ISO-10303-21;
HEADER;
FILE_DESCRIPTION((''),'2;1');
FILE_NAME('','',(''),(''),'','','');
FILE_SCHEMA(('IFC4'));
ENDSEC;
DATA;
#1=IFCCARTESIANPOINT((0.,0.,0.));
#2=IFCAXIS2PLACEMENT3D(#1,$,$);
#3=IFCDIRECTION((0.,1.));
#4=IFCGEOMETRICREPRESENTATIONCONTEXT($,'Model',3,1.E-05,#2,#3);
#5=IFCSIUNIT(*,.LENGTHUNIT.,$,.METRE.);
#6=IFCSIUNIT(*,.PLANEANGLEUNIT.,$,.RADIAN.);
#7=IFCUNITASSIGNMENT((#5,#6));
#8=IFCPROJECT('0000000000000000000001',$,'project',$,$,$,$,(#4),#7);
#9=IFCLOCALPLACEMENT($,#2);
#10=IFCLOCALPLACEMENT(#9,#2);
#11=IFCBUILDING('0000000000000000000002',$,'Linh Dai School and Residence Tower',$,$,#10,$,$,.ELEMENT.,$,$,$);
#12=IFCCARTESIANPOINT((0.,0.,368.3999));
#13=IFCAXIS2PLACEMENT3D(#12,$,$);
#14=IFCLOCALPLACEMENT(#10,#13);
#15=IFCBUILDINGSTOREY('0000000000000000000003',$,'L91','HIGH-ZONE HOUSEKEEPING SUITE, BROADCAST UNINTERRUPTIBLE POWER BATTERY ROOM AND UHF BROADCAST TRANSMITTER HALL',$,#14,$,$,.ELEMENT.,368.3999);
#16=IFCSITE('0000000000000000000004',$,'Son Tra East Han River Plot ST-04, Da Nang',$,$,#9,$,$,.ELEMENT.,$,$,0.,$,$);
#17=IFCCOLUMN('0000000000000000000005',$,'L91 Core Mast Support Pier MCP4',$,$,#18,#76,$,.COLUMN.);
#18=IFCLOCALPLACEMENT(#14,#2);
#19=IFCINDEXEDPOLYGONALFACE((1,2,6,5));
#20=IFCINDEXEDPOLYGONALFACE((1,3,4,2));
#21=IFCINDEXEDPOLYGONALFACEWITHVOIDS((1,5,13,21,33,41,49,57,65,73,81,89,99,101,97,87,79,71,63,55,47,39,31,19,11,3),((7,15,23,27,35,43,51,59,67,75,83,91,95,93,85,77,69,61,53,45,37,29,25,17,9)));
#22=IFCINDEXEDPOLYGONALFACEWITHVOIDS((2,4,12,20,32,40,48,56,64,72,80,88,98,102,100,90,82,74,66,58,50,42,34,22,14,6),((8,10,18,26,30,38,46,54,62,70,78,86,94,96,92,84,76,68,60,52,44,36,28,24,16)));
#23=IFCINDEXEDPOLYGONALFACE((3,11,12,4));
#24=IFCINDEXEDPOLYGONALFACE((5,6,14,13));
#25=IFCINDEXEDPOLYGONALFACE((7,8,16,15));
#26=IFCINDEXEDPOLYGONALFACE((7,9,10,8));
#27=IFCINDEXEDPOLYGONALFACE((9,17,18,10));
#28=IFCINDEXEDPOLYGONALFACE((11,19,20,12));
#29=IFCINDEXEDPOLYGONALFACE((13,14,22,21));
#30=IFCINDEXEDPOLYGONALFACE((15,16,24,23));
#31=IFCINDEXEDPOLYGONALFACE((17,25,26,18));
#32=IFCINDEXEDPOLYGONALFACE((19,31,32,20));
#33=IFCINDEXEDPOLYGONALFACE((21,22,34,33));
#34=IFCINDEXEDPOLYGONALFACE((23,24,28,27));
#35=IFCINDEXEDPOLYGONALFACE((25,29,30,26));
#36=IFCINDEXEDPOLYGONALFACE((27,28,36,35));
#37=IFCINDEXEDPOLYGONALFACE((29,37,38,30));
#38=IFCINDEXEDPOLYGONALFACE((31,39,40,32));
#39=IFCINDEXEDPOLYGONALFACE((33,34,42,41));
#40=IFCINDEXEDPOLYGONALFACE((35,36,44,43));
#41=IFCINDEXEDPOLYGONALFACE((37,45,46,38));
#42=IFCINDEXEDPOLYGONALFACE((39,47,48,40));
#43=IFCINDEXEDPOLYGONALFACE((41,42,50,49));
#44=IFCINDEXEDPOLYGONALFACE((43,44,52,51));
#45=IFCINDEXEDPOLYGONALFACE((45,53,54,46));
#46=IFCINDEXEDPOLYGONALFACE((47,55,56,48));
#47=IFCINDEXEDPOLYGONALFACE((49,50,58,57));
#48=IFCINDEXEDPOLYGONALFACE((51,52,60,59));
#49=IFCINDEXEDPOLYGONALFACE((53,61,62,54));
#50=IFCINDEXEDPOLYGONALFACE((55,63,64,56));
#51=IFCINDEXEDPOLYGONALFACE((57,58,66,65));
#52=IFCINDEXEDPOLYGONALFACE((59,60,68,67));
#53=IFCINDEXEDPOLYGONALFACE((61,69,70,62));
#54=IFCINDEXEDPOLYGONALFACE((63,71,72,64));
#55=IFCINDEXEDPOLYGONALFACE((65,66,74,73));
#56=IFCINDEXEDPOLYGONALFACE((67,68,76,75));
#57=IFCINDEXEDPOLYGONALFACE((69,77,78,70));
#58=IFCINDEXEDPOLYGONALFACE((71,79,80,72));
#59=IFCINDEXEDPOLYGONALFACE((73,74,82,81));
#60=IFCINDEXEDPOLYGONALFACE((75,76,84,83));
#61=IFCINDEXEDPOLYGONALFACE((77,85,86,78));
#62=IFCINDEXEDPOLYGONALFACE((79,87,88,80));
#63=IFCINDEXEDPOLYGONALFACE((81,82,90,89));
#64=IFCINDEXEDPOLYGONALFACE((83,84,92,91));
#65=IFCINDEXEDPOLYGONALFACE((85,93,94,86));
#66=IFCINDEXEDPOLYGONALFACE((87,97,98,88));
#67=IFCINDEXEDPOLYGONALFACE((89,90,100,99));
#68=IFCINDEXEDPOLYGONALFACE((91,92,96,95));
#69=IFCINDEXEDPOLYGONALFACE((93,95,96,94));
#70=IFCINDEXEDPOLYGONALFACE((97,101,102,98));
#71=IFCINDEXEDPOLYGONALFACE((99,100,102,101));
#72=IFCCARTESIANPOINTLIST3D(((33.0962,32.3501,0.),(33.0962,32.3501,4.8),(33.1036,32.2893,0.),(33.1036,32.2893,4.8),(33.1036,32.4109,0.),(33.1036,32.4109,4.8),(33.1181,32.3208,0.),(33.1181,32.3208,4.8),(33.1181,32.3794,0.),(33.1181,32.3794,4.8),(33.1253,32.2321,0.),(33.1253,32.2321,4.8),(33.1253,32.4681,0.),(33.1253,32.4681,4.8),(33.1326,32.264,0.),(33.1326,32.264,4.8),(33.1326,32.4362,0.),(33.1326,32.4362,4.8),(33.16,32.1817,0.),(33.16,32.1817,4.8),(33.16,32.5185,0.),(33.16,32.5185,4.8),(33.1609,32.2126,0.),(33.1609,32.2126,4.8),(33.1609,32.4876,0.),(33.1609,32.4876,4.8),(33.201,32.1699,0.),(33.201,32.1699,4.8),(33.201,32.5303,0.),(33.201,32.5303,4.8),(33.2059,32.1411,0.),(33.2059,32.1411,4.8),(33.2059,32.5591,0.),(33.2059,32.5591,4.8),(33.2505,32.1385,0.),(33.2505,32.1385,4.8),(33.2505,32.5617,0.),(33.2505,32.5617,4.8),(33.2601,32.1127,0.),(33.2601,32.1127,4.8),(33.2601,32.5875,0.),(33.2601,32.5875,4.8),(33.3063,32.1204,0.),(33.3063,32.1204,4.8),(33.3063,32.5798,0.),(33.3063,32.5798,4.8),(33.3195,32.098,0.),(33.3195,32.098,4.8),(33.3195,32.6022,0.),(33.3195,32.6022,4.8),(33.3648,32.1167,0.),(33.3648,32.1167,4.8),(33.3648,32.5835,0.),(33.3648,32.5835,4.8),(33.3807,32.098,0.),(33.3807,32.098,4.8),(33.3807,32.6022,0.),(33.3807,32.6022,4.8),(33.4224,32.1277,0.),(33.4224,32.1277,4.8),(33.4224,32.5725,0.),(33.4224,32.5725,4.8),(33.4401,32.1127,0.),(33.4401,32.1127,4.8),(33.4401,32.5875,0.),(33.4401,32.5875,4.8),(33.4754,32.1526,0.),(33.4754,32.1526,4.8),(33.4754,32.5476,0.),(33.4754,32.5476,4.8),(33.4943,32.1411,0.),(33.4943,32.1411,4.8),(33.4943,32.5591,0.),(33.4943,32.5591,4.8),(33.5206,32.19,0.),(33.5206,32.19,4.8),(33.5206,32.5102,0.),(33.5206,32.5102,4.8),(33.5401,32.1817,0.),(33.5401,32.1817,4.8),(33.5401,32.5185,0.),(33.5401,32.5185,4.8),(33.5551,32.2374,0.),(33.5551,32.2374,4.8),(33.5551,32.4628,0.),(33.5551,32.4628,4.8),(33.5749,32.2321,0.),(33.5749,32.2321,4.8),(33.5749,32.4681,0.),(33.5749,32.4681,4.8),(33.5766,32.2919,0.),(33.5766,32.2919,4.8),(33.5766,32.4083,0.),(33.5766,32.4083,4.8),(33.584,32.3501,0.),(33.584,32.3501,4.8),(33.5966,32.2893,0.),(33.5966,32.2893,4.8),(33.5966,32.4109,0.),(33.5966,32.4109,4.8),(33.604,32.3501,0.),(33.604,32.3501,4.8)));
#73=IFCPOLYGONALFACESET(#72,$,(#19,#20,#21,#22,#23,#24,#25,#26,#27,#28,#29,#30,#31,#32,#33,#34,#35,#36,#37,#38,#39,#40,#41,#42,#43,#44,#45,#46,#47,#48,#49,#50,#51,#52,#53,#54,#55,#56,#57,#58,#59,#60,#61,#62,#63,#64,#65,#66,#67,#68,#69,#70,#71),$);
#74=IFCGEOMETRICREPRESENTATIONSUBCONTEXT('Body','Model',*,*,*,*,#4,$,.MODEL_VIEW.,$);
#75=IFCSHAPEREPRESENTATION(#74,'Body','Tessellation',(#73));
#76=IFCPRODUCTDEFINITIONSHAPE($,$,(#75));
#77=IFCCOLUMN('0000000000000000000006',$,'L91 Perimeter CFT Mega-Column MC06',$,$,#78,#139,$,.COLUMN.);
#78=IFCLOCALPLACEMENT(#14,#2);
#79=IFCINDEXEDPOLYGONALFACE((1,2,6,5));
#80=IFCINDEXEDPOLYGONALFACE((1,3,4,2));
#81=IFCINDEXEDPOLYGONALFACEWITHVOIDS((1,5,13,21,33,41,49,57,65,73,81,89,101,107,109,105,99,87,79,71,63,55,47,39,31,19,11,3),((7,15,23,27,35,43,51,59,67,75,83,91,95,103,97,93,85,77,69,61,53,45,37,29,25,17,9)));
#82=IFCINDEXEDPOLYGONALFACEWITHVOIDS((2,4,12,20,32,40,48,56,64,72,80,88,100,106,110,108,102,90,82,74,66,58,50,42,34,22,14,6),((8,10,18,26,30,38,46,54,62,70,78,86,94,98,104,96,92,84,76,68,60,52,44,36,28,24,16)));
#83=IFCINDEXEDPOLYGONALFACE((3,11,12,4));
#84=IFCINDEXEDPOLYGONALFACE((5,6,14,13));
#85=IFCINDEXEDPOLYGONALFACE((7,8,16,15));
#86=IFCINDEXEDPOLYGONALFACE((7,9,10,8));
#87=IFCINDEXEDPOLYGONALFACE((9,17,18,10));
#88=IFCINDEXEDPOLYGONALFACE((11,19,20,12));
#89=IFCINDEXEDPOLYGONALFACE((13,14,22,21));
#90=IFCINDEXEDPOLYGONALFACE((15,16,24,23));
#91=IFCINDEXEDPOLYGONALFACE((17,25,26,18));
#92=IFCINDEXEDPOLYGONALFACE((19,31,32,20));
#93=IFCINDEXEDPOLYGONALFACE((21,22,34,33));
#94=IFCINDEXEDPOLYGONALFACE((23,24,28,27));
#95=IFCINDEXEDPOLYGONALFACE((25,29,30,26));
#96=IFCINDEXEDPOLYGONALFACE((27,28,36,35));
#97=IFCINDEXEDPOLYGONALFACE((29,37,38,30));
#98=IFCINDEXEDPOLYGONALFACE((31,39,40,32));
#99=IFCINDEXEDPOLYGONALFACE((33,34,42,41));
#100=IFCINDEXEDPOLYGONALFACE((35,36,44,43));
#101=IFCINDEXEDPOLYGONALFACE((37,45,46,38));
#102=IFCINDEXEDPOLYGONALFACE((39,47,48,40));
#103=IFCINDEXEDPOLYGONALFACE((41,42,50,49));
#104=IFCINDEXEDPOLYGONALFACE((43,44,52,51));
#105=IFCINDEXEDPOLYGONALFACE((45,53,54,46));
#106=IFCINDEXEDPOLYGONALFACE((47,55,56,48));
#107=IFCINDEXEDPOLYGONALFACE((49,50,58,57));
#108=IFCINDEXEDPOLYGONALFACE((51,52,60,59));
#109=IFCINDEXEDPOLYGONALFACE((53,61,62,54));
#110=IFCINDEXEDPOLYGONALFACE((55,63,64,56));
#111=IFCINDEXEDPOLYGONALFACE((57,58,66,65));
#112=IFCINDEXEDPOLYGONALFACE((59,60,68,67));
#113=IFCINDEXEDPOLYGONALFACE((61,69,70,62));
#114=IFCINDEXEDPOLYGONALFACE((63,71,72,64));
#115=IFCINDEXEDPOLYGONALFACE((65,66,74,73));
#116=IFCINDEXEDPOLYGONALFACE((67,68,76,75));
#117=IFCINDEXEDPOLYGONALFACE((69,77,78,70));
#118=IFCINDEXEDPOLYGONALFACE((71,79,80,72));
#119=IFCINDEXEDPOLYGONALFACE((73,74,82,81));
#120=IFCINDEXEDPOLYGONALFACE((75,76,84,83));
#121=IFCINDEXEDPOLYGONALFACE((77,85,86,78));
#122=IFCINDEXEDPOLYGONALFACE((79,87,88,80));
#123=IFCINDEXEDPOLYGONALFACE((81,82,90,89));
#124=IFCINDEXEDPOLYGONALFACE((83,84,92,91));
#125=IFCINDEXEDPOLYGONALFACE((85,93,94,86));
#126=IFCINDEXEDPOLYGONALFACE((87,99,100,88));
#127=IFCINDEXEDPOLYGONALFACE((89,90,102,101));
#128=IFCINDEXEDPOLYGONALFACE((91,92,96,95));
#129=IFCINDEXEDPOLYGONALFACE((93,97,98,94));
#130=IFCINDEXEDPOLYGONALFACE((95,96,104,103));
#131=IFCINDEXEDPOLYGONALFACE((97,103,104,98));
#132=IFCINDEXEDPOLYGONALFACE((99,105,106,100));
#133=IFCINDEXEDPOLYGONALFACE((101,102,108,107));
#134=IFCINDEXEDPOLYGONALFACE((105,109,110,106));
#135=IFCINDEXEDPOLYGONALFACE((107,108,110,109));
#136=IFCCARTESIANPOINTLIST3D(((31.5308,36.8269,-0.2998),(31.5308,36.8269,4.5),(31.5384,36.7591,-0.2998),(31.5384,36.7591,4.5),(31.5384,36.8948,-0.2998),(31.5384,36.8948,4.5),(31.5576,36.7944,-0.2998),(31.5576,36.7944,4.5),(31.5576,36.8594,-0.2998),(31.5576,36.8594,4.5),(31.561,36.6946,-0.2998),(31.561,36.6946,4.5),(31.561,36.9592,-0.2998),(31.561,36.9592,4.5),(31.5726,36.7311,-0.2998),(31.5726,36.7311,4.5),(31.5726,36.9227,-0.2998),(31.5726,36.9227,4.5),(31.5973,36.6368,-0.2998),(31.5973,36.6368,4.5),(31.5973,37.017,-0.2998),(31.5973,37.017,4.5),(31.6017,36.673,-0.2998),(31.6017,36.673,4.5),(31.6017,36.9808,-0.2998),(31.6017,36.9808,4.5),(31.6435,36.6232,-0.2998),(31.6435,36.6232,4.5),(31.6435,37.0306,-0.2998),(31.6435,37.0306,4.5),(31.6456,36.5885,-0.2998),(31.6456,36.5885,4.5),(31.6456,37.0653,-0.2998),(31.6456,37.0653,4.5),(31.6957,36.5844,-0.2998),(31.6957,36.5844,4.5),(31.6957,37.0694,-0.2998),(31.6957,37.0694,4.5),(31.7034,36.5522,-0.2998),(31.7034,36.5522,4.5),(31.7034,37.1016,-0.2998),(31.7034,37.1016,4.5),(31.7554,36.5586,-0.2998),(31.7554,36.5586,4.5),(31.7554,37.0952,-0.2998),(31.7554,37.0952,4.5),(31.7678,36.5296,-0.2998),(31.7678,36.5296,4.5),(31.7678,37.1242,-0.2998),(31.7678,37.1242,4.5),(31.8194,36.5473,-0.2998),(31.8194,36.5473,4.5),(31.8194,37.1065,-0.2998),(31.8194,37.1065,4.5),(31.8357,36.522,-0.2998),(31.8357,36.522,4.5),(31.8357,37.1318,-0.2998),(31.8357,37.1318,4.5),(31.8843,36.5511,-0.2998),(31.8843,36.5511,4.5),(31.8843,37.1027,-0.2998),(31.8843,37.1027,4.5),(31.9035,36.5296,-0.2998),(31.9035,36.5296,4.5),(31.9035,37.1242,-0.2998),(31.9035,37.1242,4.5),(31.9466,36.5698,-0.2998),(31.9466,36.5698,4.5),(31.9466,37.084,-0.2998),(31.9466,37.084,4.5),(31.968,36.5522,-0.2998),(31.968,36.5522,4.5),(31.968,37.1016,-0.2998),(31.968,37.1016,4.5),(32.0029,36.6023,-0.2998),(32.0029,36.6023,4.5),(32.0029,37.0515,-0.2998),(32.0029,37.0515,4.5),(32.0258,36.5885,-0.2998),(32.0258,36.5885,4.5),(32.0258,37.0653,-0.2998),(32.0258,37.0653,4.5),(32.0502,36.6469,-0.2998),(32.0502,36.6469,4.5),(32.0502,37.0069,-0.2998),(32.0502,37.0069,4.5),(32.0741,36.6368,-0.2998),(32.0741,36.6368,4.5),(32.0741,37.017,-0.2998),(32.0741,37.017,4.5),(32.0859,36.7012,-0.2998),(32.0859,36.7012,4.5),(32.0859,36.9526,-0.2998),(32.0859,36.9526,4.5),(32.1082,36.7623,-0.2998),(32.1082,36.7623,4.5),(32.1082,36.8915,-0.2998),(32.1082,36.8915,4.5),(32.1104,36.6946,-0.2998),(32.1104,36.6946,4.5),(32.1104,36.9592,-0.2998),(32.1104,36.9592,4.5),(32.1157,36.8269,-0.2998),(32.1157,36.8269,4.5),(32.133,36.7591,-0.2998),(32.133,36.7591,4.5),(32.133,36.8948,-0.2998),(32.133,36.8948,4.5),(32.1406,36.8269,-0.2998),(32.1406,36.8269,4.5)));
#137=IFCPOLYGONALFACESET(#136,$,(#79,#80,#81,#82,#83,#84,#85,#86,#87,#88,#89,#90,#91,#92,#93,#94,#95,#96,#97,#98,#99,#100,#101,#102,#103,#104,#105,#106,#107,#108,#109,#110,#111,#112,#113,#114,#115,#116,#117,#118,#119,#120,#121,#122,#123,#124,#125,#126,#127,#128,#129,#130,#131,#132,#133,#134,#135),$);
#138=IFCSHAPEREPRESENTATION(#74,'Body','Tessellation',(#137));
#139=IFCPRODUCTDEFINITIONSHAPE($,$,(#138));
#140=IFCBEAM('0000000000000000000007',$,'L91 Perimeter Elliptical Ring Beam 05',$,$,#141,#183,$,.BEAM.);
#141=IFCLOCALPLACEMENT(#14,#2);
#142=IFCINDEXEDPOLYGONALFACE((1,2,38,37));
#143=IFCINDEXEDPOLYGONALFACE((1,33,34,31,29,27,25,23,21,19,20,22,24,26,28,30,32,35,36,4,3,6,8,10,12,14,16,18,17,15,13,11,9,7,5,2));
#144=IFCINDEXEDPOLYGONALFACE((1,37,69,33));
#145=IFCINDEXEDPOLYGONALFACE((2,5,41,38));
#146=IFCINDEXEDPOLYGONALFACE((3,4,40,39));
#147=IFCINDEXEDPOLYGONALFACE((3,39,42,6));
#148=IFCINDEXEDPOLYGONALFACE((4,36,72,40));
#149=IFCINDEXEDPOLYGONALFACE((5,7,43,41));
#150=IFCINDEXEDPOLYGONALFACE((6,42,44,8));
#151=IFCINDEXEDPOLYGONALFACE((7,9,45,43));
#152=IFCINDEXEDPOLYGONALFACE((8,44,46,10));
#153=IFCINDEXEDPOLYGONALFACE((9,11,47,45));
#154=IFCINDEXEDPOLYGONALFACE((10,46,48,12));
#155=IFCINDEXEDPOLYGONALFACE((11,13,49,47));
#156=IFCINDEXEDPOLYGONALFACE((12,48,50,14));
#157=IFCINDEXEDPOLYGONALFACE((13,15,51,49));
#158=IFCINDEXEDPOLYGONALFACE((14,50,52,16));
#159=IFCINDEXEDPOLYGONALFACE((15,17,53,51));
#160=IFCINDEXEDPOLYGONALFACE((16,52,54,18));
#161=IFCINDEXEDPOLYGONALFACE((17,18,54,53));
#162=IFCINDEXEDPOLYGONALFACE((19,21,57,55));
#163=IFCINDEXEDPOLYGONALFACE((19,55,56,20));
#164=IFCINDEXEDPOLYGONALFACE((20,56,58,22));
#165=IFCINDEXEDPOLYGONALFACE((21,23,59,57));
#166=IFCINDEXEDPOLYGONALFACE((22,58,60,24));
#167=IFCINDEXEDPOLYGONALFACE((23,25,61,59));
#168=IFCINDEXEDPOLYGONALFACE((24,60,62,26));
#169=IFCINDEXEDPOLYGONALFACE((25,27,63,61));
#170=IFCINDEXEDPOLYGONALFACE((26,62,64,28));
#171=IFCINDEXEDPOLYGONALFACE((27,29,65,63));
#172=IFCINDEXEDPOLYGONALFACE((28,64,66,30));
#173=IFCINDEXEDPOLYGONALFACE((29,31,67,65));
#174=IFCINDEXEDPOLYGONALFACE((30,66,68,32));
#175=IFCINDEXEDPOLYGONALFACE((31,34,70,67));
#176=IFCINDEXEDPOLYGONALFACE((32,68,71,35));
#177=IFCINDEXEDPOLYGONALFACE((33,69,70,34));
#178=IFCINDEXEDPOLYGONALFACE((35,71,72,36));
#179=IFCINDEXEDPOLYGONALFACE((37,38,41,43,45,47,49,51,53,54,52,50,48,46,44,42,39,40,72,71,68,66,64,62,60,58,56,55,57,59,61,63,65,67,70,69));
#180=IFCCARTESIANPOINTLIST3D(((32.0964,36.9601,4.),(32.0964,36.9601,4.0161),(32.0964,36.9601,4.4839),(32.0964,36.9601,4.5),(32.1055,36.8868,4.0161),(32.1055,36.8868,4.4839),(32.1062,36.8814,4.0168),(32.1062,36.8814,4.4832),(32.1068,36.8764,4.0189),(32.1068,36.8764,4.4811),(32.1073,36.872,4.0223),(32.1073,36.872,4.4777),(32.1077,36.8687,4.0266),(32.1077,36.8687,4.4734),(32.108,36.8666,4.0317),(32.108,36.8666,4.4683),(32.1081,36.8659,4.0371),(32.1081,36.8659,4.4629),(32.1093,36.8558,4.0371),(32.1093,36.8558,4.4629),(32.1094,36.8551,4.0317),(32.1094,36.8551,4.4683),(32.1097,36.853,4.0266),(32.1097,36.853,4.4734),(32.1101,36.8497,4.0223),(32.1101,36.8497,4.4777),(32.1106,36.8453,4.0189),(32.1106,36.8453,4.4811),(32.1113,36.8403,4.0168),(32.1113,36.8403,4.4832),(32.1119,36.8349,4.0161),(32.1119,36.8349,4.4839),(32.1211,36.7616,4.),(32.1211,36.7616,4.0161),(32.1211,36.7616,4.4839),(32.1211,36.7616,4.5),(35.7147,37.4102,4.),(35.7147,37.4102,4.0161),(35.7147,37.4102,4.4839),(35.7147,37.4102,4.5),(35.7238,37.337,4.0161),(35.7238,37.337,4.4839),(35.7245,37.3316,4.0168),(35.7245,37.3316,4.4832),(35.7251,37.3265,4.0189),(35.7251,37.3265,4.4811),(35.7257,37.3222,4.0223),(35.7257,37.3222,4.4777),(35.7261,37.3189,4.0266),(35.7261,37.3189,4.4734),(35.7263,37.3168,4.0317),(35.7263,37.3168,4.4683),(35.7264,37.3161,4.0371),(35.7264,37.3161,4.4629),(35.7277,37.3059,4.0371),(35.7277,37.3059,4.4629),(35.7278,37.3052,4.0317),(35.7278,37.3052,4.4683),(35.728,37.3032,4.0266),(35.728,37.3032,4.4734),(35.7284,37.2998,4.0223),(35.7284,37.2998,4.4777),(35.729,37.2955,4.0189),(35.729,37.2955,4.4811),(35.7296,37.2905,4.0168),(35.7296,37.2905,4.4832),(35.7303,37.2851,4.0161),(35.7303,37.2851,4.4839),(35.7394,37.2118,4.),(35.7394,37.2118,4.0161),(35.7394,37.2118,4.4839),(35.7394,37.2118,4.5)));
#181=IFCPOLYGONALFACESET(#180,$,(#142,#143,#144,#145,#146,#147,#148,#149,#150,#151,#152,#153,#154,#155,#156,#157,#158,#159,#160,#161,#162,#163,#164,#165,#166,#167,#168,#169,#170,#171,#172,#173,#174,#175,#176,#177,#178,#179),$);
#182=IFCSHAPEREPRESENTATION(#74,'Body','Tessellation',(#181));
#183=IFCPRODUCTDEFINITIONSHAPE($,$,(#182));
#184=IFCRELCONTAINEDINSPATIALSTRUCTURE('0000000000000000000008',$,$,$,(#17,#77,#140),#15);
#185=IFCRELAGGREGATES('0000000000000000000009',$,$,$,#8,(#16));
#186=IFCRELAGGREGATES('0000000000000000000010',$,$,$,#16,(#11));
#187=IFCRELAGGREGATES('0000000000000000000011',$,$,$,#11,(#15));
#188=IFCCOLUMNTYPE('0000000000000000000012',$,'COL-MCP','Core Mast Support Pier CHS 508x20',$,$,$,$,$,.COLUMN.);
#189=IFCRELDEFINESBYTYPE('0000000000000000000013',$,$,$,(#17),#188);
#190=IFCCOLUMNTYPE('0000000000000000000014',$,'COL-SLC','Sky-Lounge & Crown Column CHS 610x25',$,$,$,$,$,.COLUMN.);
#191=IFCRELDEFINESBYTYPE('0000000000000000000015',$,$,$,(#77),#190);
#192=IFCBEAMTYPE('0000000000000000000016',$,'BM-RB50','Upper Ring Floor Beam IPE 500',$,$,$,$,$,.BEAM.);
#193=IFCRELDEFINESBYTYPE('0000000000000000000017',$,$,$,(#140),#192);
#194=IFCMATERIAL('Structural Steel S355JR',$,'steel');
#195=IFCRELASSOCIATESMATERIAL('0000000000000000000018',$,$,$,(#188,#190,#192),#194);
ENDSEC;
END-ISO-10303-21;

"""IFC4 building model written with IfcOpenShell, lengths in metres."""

from ifc_helpers import new_model, si_unit, direction, frame, origin, origin_2d, place, context, subcontext, project, spatial, hollow_circle, i_section, extrude, material, material_profile, profile_set, type_object, element, save


model = new_model("IFC4")

# Units and contexts
model_context = context("Model", 3, precision=1e-05, world=origin(), true_north=direction((0.0, 1.0)))
body_context = subcontext(model_context, "Body", "Model", "MODEL_VIEW")
ifc_project = project(units=[si_unit("LENGTHUNIT", "METRE"), si_unit("PLANEANGLEUNIT", "RADIAN")], contexts=[model_context])

# Site, building, storey
site_placement = place(None, origin())
site = spatial("IfcSite", under=ifc_project, at=site_placement, Name="Son Tra East Han River Plot ST-04, Da Nang", CompositionType="ELEMENT", RefElevation=0.0)
building_placement = place(site_placement, origin())
building = spatial("IfcBuilding", under=site, at=building_placement, Name="Linh Dai School and Residence Tower", CompositionType="ELEMENT")
storey_placement = place(building_placement, frame((0.0, 0.0, 368.3999)))
storey = spatial("IfcBuildingStorey", under=building, at=storey_placement, Name="L91", Description="HIGH-ZONE HOUSEKEEPING SUITE, BROADCAST UNINTERRUPTIBLE POWER BATTERY ROOM AND UHF BROADCAST TRANSMITTER HALL", CompositionType="ELEMENT", Elevation=368.3999)

# Columns
ifc_material_1 = material(Name="Structural Steel S355JR", Category="steel")
ifc_material_profile_1 = material_profile(ifc_material_1, hollow_circle(Radius=0.2539, WallThickness=0.02, at=origin_2d()), Name="CHS 508x20")
ifc_profile_set_1 = profile_set([ifc_material_profile_1], Name="Structural Steel S355JR")
column_type_1 = type_object("IfcColumnType", Name="COL-MCP", Description="Core Mast Support Pier CHS 508x20", PredefinedType="COLUMN", material=ifc_profile_set_1)
column_1_placement = place(storey_placement, frame((33.3501, 32.3501, 0.0), z_axis=(0.0, 0.0, 1.0), x_axis=(1.0, 0.0, 0.0)))
element("IfcColumn", 1, at=column_1_placement, inside=storey, type_object=column_type_1, Name="L91 Core Mast Support Pier MCP4", PredefinedType="COLUMN", context=body_context, shape_type="SweptSolid", body=[
    extrude(hollow_circle(Radius=0.2539, WallThickness=0.02, at=origin_2d()), origin(), (0.0, 0.0, 1.0), 4.8),
])
ifc_material_profile_2 = material_profile(ifc_material_1, hollow_circle(Radius=0.3049, WallThickness=0.0249, at=origin_2d()), Name="CHS 610x25")
ifc_profile_set_2 = profile_set([ifc_material_profile_2], Name="Structural Steel S355JR")
column_type_2 = type_object("IfcColumnType", Name="COL-SLC", Description="Sky-Lounge & Crown Column CHS 610x25", PredefinedType="COLUMN", material=ifc_profile_set_2)
column_2_placement = place(storey_placement, frame((31.8357, 36.8269, -0.2998), z_axis=(0.0, 0.0, 1.0), x_axis=(1.0, 0.0, 0.0)))
element("IfcColumn", 2, at=column_2_placement, inside=storey, type_object=column_type_2, Name="L91 Perimeter CFT Mega-Column MC06", PredefinedType="COLUMN", context=body_context, shape_type="SweptSolid", body=[
    extrude(hollow_circle(Radius=0.3049, WallThickness=0.0249, at=origin_2d()), origin(), (0.0, 0.0, 1.0), 4.7998),
])

# Beam
ifc_material_profile_3 = material_profile(ifc_material_1, i_section(OverallWidth=0.2, OverallDepth=0.5, WebThickness=0.0103, FlangeThickness=0.0161, FilletRadius=0.021, at=origin_2d()), Name="IPE 500")
ifc_profile_set_3 = profile_set([ifc_material_profile_3], Name="Structural Steel S355JR")
beam_type_1 = type_object("IfcBeamType", Name="BM-RB50", Description="Upper Ring Floor Beam IPE 500", PredefinedType="BEAM", material=ifc_profile_set_3)
beam_1_placement = place(storey_placement, frame((35.7271, 37.311, 4.25), z_axis=(-0.992349, -0.123466, 0.0), x_axis=(0.123466, -0.992349, 0.0)))
element("IfcBeam", 3, at=beam_1_placement, inside=storey, type_object=beam_type_1, Name="L91 Perimeter Elliptical Ring Beam 05", PredefinedType="BEAM", context=body_context, shape_type="SweptSolid", body=[
    extrude(i_section(OverallWidth=0.2, OverallDepth=0.5, WebThickness=0.0103, FlangeThickness=0.0161, FilletRadius=0.021, at=origin_2d()), origin(), (0.0, 0.0, 1.0), 3.6462),
])

save(model, "model.ifc")
